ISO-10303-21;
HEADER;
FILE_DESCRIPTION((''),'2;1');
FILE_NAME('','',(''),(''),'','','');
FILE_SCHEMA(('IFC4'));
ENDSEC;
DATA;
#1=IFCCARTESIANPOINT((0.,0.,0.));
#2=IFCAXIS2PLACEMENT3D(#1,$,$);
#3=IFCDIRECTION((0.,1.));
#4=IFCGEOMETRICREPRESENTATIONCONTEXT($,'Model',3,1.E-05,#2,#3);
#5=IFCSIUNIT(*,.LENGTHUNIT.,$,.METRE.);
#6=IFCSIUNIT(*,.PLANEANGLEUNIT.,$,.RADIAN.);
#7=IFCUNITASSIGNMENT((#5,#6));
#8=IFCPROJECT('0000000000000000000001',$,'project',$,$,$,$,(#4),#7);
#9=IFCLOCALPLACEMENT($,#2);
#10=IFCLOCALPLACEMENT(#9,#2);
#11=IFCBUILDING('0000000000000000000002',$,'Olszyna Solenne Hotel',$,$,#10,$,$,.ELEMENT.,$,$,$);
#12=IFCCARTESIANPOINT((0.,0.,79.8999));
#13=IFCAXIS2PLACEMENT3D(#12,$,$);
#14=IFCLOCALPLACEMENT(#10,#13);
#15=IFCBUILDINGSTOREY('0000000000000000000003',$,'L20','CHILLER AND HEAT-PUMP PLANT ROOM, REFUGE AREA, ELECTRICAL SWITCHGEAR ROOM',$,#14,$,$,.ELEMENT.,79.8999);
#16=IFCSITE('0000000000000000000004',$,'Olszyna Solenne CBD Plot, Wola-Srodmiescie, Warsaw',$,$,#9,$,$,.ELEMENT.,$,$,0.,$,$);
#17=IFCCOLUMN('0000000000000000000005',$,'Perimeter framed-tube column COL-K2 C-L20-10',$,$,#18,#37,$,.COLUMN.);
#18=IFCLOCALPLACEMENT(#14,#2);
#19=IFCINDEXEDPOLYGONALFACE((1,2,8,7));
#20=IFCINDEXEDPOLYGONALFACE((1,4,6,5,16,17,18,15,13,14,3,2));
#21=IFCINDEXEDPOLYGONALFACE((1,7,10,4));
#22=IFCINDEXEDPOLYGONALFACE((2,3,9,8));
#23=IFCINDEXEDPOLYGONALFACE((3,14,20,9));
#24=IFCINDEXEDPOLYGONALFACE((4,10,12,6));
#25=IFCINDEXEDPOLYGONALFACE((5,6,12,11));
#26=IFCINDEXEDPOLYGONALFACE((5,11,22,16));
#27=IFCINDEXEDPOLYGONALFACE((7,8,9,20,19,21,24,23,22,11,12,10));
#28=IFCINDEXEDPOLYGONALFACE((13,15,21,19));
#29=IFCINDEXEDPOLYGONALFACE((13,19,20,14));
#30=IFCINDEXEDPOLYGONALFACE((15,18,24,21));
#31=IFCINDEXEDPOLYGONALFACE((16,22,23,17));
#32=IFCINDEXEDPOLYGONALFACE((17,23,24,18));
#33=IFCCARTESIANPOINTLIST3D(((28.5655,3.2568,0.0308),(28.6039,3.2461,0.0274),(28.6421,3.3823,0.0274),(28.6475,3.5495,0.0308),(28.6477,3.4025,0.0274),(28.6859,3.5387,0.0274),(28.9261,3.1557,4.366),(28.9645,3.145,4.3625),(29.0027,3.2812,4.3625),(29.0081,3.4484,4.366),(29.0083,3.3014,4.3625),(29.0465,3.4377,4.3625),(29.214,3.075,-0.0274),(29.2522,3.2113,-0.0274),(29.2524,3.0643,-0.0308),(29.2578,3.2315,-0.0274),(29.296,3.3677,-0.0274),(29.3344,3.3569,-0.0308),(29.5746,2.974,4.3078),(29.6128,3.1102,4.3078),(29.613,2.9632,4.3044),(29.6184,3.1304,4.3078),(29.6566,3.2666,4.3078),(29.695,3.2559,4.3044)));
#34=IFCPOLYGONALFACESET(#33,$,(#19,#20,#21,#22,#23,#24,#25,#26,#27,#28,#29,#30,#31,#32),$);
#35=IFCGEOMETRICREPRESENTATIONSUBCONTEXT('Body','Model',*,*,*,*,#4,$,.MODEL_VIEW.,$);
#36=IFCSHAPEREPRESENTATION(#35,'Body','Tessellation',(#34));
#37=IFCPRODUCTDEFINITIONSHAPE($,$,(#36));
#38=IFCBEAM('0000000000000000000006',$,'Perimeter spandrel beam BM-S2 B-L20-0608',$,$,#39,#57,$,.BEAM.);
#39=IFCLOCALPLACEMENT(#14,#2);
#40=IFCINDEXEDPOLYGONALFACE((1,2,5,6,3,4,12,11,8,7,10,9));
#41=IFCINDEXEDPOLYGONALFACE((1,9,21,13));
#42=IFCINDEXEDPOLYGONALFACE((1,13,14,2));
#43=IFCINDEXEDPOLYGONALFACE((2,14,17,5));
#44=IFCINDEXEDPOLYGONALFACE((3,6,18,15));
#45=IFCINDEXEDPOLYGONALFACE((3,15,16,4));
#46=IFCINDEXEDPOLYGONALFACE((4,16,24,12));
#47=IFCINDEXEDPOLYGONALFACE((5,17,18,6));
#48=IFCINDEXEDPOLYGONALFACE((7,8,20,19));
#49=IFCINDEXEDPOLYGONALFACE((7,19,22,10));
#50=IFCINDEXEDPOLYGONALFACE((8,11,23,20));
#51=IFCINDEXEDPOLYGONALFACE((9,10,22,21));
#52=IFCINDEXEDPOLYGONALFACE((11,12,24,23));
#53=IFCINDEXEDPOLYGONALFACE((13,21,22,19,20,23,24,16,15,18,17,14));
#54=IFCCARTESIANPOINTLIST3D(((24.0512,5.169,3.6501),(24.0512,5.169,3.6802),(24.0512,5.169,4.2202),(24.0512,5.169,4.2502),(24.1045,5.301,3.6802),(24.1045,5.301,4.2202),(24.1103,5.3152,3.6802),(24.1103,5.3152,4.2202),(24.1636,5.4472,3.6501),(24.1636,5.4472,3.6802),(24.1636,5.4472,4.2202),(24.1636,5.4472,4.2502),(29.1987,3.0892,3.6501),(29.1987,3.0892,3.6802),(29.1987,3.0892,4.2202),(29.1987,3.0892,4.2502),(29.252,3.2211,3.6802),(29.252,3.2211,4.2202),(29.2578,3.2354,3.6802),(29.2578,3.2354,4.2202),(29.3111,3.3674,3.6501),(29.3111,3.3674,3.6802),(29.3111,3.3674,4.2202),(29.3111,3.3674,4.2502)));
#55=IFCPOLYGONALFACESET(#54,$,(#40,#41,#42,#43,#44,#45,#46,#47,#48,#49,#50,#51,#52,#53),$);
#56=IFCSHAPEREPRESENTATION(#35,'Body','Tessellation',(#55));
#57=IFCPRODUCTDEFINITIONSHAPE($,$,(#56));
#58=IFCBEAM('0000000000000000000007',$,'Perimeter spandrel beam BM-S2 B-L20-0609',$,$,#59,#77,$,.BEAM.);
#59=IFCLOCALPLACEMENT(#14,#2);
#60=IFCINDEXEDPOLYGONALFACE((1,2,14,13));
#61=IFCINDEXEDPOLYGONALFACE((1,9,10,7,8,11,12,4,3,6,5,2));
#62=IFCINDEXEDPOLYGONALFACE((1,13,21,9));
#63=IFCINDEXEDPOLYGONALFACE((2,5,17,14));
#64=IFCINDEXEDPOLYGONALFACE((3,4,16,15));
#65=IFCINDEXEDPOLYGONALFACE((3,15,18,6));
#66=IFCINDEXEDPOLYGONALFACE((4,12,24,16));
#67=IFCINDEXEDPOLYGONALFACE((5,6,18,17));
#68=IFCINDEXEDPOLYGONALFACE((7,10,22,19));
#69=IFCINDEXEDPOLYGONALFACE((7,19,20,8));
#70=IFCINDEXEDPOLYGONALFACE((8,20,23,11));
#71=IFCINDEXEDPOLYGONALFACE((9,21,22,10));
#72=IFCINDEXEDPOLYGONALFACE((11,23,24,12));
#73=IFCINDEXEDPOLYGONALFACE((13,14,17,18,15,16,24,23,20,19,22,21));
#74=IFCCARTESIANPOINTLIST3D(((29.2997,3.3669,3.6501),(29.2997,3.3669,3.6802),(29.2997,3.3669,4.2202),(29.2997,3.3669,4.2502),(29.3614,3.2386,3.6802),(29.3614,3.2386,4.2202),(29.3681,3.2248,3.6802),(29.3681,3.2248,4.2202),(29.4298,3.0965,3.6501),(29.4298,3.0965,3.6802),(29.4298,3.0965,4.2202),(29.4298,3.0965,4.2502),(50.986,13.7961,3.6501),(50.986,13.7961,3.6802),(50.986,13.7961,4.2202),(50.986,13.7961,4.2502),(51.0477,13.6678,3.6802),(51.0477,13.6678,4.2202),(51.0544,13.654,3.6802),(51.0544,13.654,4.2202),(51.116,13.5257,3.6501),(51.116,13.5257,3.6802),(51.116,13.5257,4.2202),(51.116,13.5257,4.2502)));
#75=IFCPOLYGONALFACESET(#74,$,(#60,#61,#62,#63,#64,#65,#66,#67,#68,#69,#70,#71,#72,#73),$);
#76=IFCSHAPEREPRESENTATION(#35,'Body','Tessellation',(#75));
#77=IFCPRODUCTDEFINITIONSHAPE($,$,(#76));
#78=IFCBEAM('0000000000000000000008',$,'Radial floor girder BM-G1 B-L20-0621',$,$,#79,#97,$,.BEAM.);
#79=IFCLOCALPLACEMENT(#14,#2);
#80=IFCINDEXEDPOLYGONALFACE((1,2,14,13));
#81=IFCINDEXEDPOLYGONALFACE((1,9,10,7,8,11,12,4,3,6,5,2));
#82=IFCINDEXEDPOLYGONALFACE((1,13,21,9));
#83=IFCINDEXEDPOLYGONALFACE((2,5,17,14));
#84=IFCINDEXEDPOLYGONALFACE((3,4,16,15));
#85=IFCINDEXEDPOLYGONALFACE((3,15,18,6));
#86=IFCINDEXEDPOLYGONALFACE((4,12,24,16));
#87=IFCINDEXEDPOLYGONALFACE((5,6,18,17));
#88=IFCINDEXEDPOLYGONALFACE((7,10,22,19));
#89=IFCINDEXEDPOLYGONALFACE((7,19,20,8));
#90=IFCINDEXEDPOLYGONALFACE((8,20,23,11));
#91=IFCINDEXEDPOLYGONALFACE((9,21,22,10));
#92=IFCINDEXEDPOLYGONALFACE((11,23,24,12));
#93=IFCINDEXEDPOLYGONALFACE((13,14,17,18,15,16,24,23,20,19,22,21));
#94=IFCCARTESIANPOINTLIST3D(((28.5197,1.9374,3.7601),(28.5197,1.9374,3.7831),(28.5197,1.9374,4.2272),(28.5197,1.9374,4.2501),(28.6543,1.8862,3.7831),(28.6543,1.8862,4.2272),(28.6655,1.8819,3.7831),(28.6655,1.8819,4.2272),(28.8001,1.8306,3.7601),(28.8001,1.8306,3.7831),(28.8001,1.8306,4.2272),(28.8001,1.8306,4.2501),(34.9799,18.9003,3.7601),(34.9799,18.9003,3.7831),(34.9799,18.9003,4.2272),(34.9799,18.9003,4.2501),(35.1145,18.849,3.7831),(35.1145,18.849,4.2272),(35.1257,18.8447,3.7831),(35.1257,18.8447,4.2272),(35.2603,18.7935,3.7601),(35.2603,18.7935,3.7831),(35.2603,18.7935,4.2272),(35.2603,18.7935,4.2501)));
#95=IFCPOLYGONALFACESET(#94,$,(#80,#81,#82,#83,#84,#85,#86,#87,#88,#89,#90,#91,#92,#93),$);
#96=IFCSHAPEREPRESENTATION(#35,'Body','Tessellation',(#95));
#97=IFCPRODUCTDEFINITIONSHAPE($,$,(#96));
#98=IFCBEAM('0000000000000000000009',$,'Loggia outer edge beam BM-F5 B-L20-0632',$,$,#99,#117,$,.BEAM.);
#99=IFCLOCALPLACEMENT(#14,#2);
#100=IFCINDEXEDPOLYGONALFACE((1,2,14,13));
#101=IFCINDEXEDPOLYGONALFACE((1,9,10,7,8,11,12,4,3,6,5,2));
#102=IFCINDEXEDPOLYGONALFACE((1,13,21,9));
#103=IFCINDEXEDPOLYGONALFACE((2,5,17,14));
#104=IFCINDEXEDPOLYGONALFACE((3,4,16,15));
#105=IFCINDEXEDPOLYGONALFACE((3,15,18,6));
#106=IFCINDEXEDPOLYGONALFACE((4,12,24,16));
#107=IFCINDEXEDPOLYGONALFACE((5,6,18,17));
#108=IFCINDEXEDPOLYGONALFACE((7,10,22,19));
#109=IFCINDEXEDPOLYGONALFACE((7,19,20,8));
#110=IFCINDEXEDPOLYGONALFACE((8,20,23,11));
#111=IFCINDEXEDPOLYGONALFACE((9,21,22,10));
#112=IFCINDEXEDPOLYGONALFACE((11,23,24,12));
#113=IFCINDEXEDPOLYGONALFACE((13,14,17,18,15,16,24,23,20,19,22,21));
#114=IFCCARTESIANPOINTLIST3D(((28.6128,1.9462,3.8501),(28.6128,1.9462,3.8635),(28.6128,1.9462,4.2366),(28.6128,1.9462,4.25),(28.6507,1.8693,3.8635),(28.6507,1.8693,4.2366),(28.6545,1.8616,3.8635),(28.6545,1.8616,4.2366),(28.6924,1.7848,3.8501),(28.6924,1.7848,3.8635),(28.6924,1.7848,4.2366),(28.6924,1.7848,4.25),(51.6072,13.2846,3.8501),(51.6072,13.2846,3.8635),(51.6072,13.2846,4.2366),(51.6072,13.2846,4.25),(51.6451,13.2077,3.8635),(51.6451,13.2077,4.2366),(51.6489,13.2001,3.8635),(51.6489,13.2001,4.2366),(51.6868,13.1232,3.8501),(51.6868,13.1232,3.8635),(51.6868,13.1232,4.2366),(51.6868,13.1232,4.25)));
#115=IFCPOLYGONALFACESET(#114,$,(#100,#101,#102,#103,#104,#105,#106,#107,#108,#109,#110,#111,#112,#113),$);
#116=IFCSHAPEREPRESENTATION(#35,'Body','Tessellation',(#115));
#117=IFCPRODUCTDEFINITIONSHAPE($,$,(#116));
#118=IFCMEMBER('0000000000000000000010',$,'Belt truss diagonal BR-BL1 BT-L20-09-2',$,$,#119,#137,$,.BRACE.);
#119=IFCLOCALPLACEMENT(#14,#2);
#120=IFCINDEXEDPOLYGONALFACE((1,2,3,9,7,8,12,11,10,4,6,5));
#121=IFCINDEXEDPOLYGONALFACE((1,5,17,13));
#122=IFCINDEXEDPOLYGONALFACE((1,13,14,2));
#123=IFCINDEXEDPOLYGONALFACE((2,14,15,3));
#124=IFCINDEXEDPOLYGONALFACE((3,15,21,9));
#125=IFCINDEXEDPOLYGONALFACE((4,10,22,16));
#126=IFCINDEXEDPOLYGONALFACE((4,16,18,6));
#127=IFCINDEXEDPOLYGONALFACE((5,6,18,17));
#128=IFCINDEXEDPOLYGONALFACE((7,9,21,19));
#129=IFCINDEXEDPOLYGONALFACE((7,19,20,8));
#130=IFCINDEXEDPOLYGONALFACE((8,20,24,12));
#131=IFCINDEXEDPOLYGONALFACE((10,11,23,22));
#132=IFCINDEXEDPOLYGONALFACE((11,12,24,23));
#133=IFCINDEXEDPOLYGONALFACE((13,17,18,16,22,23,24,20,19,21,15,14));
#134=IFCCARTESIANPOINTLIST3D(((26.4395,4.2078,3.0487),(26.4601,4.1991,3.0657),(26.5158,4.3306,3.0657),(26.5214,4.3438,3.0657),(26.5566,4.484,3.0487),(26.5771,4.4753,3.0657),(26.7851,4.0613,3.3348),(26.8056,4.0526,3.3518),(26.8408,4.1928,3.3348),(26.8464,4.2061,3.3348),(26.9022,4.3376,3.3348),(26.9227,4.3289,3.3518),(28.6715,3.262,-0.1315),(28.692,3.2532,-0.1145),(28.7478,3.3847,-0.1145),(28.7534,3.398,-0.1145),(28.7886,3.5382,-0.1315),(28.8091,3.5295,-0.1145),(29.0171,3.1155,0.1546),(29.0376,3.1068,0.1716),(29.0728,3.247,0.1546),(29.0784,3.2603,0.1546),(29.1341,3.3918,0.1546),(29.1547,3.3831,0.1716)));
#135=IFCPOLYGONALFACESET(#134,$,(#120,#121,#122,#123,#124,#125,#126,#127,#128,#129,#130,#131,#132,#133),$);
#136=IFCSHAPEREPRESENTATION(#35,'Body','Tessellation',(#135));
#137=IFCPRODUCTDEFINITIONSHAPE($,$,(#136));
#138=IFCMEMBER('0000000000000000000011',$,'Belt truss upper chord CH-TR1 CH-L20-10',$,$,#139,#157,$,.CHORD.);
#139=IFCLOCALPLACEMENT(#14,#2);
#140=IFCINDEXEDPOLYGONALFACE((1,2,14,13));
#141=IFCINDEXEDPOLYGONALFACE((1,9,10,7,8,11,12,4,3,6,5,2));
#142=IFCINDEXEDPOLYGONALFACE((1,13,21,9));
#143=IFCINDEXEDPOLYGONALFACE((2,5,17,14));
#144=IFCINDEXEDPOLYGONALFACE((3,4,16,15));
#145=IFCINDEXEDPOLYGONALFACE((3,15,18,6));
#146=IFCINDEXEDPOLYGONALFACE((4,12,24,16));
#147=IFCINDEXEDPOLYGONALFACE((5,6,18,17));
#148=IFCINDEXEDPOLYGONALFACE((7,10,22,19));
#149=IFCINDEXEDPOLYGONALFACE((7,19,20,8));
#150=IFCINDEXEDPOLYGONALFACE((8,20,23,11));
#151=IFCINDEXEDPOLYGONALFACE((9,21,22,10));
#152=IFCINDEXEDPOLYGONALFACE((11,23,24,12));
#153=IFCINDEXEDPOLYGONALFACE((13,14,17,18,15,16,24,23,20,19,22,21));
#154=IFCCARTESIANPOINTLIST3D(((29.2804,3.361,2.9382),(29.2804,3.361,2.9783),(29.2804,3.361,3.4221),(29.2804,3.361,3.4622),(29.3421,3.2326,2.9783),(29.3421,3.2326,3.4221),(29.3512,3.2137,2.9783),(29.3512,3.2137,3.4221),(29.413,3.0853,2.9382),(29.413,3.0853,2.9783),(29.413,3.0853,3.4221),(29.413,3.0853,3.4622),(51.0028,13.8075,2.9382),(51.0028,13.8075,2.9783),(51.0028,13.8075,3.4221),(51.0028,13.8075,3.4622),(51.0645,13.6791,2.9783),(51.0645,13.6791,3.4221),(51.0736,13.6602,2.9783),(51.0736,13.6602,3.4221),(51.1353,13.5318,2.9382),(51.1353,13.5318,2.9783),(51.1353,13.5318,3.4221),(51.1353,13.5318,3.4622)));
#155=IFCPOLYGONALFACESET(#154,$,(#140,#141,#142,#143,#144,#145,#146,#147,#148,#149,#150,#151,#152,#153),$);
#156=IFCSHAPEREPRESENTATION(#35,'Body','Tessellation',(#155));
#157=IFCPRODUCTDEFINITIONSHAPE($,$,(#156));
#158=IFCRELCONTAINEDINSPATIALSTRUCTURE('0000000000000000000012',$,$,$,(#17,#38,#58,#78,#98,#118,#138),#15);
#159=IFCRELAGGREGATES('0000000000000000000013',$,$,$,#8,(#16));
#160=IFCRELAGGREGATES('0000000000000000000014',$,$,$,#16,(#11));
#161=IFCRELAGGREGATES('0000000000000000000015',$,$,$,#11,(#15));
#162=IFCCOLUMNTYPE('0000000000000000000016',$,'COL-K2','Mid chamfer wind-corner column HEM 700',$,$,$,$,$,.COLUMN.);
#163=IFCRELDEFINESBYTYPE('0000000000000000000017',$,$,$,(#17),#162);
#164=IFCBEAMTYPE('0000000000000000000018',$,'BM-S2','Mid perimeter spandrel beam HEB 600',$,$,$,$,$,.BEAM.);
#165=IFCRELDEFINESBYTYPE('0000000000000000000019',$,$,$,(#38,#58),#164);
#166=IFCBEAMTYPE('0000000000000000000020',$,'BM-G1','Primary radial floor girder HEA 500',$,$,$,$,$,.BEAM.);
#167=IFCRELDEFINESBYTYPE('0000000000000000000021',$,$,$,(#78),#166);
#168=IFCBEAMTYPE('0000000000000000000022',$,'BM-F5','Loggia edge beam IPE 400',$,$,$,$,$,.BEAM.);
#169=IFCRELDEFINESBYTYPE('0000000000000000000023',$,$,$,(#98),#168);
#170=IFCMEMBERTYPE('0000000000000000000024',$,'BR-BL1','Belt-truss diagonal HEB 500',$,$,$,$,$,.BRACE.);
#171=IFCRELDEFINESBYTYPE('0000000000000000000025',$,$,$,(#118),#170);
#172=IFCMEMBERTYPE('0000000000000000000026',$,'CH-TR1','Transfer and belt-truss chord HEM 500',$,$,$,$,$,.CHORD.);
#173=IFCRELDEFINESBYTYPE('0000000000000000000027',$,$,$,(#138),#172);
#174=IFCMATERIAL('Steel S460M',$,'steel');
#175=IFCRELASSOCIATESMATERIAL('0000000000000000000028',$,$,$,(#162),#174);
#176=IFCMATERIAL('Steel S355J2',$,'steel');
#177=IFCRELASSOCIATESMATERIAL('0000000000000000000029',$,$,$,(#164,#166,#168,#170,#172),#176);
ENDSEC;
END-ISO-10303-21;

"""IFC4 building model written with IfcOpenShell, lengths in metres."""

from ifc_helpers import new_model, si_unit, direction, frame, origin, origin_2d, place, context, subcontext, project, spatial, i_section, extrude, source, transform, mapped, material, material_profile, profile_set, type_object, element, save


model = new_model("IFC4")

# Units and contexts
model_context = context("Model", 3, precision=1e-05, world=origin(), true_north=direction((0.0, 1.0)))
body_context = subcontext(model_context, "Body", "Model", "MODEL_VIEW")
ifc_project = project(units=[si_unit("LENGTHUNIT", "METRE"), si_unit("PLANEANGLEUNIT", "RADIAN")], contexts=[model_context])

# Site, building, storey
site_placement = place(None, origin())
site = spatial("IfcSite", under=ifc_project, at=site_placement, Name="Olszyna Solenne CBD Plot, Wola-Srodmiescie, Warsaw", CompositionType="ELEMENT", RefElevation=0.0)
building_placement = place(site_placement, origin())
building = spatial("IfcBuilding", under=site, at=building_placement, Name="Olszyna Solenne Hotel", CompositionType="ELEMENT")
storey_placement = place(building_placement, frame((0.0, 0.0, 79.8999)))
storey = spatial("IfcBuildingStorey", under=building, at=storey_placement, Name="L20", Description="CHILLER AND HEAT-PUMP PLANT ROOM, REFUGE AREA, ELECTRICAL SWITCHGEAR ROOM", CompositionType="ELEMENT", Elevation=79.8999)

# Column
ifc_material_1 = material(Name="Steel S460M", Category="steel")
ifc_material_profile_1 = material_profile(ifc_material_1, i_section(OverallWidth=0.304, OverallDepth=0.7161, WebThickness=0.021, FlangeThickness=0.04, at=origin_2d()), Name="HEM 700", Category="load-bearing")
ifc_profile_set_1 = profile_set([ifc_material_profile_1], Name="Steel S460M")
column_type = type_object("IfcColumnType", Name="COL-K2", Description="Mid chamfer wind-corner column HEM 700", PredefinedType="COLUMN", material=ifc_profile_set_1)
shared_shape_1 = source(origin(), body_context, "Body", "SweptSolid", [
    extrude(i_section(OverallWidth=0.304, OverallDepth=0.7161, WebThickness=0.021, FlangeThickness=0.04, at=origin_2d()), origin(), (0.0, 0.0, 1.0), 4.3513),
])
column_placement = place(storey_placement, frame((28.95, 3.3069, 0.0), z_axis=(0.08287, -0.023228, 0.99629), x_axis=(0.269896, 0.96289, 0.0)))
element("IfcColumn", 1, at=column_placement, inside=storey, type_object=column_type, Name="Perimeter framed-tube column COL-K2 C-L20-10", PredefinedType="COLUMN", context=body_context, shape_type="MappedRepresentation", body=[
    mapped(shared_shape_1, transform((0.0, 0.0, 0.0), x_axis=(1.0, 0.0, 0.0), y_axis=(0.0, 1.0, 0.0), z_axis=(0.0, 0.0, 1.0), scale=1.0)),
])

# Beams
ifc_material_2 = material(Name="Steel S355J2", Category="steel")
ifc_material_profile_2 = material_profile(ifc_material_2, i_section(OverallWidth=0.3, OverallDepth=0.6001, WebThickness=0.0154, FlangeThickness=0.03, at=origin_2d()), Name="HEB 600", Category="load-bearing")
ifc_profile_set_2 = profile_set([ifc_material_profile_2], Name="Steel S355J2")
beam_type_1 = type_object("IfcBeamType", Name="BM-S2", Description="Mid perimeter spandrel beam HEB 600", PredefinedType="BEAM", material=ifc_profile_set_2)
shared_shape_2 = source(origin(), body_context, "Body", "SweptSolid", [
    extrude(i_section(OverallWidth=0.3, OverallDepth=0.6001, WebThickness=0.0154, FlangeThickness=0.03, at=origin_2d()), origin(), (0.0, 0.0, 1.0), 5.5518),
])
beam_1_placement = place(storey_placement, frame((24.1074, 5.3081, 3.9502), z_axis=(0.927176, -0.374626, 0.0), x_axis=(0.374626, 0.927176, 0.0)))
element("IfcBeam", 2, at=beam_1_placement, inside=storey, type_object=beam_type_1, Name="Perimeter spandrel beam BM-S2 B-L20-0608", PredefinedType="BEAM", context=body_context, shape_type="MappedRepresentation", body=[
    mapped(shared_shape_2, transform((0.0, 0.0, 0.0), x_axis=(1.0, 0.0, 0.0), y_axis=(0.0, 1.0, 0.0), z_axis=(0.0, 0.0, 1.0), scale=1.0)),
])
shared_shape_3 = source(origin(), body_context, "Body", "SweptSolid", [
    extrude(i_section(OverallWidth=0.3, OverallDepth=0.6001, WebThickness=0.0154, FlangeThickness=0.03, at=origin_2d()), origin(), (0.0, 0.0, 1.0), 24.0637),
])
beam_2_placement = place(storey_placement, frame((29.3647, 3.2317, 3.9502), z_axis=(0.901202, 0.433399, 0.0), x_axis=(-0.433399, 0.901202, 0.0)))
element("IfcBeam", 3, at=beam_2_placement, inside=storey, type_object=beam_type_1, Name="Perimeter spandrel beam BM-S2 B-L20-0609", PredefinedType="BEAM", context=body_context, shape_type="MappedRepresentation", body=[
    mapped(shared_shape_3, transform((0.0, 0.0, 0.0), x_axis=(1.0, 0.0, 0.0), y_axis=(0.0, 1.0, 0.0), z_axis=(0.0, 0.0, 1.0), scale=1.0)),
])
ifc_material_profile_3 = material_profile(ifc_material_2, i_section(OverallWidth=0.3, OverallDepth=0.49, WebThickness=0.012, FlangeThickness=0.0229, at=origin_2d()), Name="HEA 500", Category="load-bearing")
ifc_profile_set_3 = profile_set([ifc_material_profile_3], Name="Steel S355J2")
beam_type_2 = type_object("IfcBeamType", Name="BM-G1", Description="Primary radial floor girder HEA 500", PredefinedType="BEAM", material=ifc_profile_set_3)
shared_shape_4 = source(origin(), body_context, "Body", "SweptSolid", [
    extrude(i_section(OverallWidth=0.3, OverallDepth=0.49, WebThickness=0.012, FlangeThickness=0.0229, at=origin_2d()), origin(), (0.0, 0.0, 1.0), 18.1514),
])
beam_3_placement = place(storey_placement, frame((28.6599, 1.884, 4.0051), z_axis=(0.355906, 0.934522, 0.0), x_axis=(-0.934522, 0.355906, 0.0)))
element("IfcBeam", 4, at=beam_3_placement, inside=storey, type_object=beam_type_2, Name="Radial floor girder BM-G1 B-L20-0621", PredefinedType="BEAM", context=body_context, shape_type="MappedRepresentation", body=[
    mapped(shared_shape_4, transform((0.0, 0.0, 0.0), x_axis=(1.0, 0.0, 0.0), y_axis=(0.0, 1.0, 0.0), z_axis=(0.0, 0.0, 1.0), scale=1.0)),
])
ifc_material_profile_4 = material_profile(ifc_material_2, i_section(OverallWidth=0.1799, OverallDepth=0.3999, WebThickness=0.0085, FlangeThickness=0.0134, at=origin_2d()), Name="IPE 400", Category="load-bearing")
ifc_profile_set_4 = profile_set([ifc_material_profile_4], Name="Steel S355J2")
beam_type_3 = type_object("IfcBeamType", Name="BM-F5", Description="Loggia edge beam IPE 400", PredefinedType="BEAM", material=ifc_profile_set_4)
shared_shape_5 = source(origin(), body_context, "Body", "SweptSolid", [
    extrude(i_section(OverallWidth=0.1799, OverallDepth=0.3999, WebThickness=0.0085, FlangeThickness=0.0134, at=origin_2d()), origin(), (0.0, 0.0, 1.0), 25.6379),
])
beam_4_placement = place(storey_placement, frame((28.6526, 1.8655, 4.05), z_axis=(0.896891, 0.442251, 0.0), x_axis=(-0.442251, 0.896891, 0.0)))
element("IfcBeam", 5, at=beam_4_placement, inside=storey, type_object=beam_type_3, Name="Loggia outer edge beam BM-F5 B-L20-0632", PredefinedType="BEAM", context=body_context, shape_type="MappedRepresentation", body=[
    mapped(shared_shape_5, transform((0.0, 0.0, 0.0), x_axis=(1.0, 0.0, 0.0), y_axis=(0.0, 1.0, 0.0), z_axis=(0.0, 0.0, 1.0), scale=1.0)),
])

# Members
ifc_material_profile_5 = material_profile(ifc_material_2, i_section(OverallWidth=0.3, OverallDepth=0.5, WebThickness=0.0144, FlangeThickness=0.0281, at=origin_2d()), Name="HEB 500", Category="load-bearing")
ifc_profile_set_5 = profile_set([ifc_material_profile_5], Name="Steel S355J2")
member_type_1 = type_object("IfcMemberType", Name="BR-BL1", Description="Belt-truss diagonal HEB 500", PredefinedType="BRACE", material=ifc_profile_set_5)
shared_shape_6 = source(origin(), body_context, "Body", "SweptSolid", [
    extrude(i_section(OverallWidth=0.3, OverallDepth=0.5, WebThickness=0.0144, FlangeThickness=0.0281, at=origin_2d()), origin(), (0.0, 0.0, 1.0), 3.9988),
])
member_1_placement = place(storey_placement, frame((28.9131, 3.3225, 0.02), z_axis=(-0.558165, 0.236527, 0.795303), x_axis=(-0.390172, -0.920742, 0.0)))
element("IfcMember", 6, at=member_1_placement, inside=storey, type_object=member_type_1, Name="Belt truss diagonal BR-BL1 BT-L20-09-2", PredefinedType="BRACE", context=body_context, shape_type="MappedRepresentation", body=[
    mapped(shared_shape_6, transform((0.0, 0.0, 0.0), x_axis=(1.0, 0.0, 0.0), y_axis=(0.0, 1.0, 0.0), z_axis=(0.0, 0.0, 1.0), scale=1.0)),
])
ifc_material_profile_6 = material_profile(ifc_material_2, i_section(OverallWidth=0.3059, OverallDepth=0.5239, WebThickness=0.021, FlangeThickness=0.04, at=origin_2d()), Name="HEM 500", Category="load-bearing")
ifc_profile_set_6 = profile_set([ifc_material_profile_6], Name="Steel S355J2")
member_type_2 = type_object("IfcMemberType", Name="CH-TR1", Description="Transfer and belt-truss chord HEM 500", PredefinedType="CHORD", material=ifc_profile_set_6)
shared_shape_7 = source(origin(), body_context, "Body", "SweptSolid", [
    extrude(i_section(OverallWidth=0.3059, OverallDepth=0.5239, WebThickness=0.021, FlangeThickness=0.04, at=origin_2d()), origin(), (0.0, 0.0, 1.0), 24.1038),
])
member_2_placement = place(storey_placement, frame((29.3467, 3.2231, 3.2002), z_axis=(0.901203, 0.433398, 0.0), x_axis=(-0.433398, 0.901203, 0.0)))
element("IfcMember", 7, at=member_2_placement, inside=storey, type_object=member_type_2, Name="Belt truss upper chord CH-TR1 CH-L20-10", PredefinedType="CHORD", context=body_context, shape_type="MappedRepresentation", body=[
    mapped(shared_shape_7, transform((0.0, 0.0, 0.0), x_axis=(1.0, 0.0, 0.0), y_axis=(0.0, 1.0, 0.0), z_axis=(0.0, 0.0, 1.0), scale=1.0)),
])

save(model, "model.ifc")
